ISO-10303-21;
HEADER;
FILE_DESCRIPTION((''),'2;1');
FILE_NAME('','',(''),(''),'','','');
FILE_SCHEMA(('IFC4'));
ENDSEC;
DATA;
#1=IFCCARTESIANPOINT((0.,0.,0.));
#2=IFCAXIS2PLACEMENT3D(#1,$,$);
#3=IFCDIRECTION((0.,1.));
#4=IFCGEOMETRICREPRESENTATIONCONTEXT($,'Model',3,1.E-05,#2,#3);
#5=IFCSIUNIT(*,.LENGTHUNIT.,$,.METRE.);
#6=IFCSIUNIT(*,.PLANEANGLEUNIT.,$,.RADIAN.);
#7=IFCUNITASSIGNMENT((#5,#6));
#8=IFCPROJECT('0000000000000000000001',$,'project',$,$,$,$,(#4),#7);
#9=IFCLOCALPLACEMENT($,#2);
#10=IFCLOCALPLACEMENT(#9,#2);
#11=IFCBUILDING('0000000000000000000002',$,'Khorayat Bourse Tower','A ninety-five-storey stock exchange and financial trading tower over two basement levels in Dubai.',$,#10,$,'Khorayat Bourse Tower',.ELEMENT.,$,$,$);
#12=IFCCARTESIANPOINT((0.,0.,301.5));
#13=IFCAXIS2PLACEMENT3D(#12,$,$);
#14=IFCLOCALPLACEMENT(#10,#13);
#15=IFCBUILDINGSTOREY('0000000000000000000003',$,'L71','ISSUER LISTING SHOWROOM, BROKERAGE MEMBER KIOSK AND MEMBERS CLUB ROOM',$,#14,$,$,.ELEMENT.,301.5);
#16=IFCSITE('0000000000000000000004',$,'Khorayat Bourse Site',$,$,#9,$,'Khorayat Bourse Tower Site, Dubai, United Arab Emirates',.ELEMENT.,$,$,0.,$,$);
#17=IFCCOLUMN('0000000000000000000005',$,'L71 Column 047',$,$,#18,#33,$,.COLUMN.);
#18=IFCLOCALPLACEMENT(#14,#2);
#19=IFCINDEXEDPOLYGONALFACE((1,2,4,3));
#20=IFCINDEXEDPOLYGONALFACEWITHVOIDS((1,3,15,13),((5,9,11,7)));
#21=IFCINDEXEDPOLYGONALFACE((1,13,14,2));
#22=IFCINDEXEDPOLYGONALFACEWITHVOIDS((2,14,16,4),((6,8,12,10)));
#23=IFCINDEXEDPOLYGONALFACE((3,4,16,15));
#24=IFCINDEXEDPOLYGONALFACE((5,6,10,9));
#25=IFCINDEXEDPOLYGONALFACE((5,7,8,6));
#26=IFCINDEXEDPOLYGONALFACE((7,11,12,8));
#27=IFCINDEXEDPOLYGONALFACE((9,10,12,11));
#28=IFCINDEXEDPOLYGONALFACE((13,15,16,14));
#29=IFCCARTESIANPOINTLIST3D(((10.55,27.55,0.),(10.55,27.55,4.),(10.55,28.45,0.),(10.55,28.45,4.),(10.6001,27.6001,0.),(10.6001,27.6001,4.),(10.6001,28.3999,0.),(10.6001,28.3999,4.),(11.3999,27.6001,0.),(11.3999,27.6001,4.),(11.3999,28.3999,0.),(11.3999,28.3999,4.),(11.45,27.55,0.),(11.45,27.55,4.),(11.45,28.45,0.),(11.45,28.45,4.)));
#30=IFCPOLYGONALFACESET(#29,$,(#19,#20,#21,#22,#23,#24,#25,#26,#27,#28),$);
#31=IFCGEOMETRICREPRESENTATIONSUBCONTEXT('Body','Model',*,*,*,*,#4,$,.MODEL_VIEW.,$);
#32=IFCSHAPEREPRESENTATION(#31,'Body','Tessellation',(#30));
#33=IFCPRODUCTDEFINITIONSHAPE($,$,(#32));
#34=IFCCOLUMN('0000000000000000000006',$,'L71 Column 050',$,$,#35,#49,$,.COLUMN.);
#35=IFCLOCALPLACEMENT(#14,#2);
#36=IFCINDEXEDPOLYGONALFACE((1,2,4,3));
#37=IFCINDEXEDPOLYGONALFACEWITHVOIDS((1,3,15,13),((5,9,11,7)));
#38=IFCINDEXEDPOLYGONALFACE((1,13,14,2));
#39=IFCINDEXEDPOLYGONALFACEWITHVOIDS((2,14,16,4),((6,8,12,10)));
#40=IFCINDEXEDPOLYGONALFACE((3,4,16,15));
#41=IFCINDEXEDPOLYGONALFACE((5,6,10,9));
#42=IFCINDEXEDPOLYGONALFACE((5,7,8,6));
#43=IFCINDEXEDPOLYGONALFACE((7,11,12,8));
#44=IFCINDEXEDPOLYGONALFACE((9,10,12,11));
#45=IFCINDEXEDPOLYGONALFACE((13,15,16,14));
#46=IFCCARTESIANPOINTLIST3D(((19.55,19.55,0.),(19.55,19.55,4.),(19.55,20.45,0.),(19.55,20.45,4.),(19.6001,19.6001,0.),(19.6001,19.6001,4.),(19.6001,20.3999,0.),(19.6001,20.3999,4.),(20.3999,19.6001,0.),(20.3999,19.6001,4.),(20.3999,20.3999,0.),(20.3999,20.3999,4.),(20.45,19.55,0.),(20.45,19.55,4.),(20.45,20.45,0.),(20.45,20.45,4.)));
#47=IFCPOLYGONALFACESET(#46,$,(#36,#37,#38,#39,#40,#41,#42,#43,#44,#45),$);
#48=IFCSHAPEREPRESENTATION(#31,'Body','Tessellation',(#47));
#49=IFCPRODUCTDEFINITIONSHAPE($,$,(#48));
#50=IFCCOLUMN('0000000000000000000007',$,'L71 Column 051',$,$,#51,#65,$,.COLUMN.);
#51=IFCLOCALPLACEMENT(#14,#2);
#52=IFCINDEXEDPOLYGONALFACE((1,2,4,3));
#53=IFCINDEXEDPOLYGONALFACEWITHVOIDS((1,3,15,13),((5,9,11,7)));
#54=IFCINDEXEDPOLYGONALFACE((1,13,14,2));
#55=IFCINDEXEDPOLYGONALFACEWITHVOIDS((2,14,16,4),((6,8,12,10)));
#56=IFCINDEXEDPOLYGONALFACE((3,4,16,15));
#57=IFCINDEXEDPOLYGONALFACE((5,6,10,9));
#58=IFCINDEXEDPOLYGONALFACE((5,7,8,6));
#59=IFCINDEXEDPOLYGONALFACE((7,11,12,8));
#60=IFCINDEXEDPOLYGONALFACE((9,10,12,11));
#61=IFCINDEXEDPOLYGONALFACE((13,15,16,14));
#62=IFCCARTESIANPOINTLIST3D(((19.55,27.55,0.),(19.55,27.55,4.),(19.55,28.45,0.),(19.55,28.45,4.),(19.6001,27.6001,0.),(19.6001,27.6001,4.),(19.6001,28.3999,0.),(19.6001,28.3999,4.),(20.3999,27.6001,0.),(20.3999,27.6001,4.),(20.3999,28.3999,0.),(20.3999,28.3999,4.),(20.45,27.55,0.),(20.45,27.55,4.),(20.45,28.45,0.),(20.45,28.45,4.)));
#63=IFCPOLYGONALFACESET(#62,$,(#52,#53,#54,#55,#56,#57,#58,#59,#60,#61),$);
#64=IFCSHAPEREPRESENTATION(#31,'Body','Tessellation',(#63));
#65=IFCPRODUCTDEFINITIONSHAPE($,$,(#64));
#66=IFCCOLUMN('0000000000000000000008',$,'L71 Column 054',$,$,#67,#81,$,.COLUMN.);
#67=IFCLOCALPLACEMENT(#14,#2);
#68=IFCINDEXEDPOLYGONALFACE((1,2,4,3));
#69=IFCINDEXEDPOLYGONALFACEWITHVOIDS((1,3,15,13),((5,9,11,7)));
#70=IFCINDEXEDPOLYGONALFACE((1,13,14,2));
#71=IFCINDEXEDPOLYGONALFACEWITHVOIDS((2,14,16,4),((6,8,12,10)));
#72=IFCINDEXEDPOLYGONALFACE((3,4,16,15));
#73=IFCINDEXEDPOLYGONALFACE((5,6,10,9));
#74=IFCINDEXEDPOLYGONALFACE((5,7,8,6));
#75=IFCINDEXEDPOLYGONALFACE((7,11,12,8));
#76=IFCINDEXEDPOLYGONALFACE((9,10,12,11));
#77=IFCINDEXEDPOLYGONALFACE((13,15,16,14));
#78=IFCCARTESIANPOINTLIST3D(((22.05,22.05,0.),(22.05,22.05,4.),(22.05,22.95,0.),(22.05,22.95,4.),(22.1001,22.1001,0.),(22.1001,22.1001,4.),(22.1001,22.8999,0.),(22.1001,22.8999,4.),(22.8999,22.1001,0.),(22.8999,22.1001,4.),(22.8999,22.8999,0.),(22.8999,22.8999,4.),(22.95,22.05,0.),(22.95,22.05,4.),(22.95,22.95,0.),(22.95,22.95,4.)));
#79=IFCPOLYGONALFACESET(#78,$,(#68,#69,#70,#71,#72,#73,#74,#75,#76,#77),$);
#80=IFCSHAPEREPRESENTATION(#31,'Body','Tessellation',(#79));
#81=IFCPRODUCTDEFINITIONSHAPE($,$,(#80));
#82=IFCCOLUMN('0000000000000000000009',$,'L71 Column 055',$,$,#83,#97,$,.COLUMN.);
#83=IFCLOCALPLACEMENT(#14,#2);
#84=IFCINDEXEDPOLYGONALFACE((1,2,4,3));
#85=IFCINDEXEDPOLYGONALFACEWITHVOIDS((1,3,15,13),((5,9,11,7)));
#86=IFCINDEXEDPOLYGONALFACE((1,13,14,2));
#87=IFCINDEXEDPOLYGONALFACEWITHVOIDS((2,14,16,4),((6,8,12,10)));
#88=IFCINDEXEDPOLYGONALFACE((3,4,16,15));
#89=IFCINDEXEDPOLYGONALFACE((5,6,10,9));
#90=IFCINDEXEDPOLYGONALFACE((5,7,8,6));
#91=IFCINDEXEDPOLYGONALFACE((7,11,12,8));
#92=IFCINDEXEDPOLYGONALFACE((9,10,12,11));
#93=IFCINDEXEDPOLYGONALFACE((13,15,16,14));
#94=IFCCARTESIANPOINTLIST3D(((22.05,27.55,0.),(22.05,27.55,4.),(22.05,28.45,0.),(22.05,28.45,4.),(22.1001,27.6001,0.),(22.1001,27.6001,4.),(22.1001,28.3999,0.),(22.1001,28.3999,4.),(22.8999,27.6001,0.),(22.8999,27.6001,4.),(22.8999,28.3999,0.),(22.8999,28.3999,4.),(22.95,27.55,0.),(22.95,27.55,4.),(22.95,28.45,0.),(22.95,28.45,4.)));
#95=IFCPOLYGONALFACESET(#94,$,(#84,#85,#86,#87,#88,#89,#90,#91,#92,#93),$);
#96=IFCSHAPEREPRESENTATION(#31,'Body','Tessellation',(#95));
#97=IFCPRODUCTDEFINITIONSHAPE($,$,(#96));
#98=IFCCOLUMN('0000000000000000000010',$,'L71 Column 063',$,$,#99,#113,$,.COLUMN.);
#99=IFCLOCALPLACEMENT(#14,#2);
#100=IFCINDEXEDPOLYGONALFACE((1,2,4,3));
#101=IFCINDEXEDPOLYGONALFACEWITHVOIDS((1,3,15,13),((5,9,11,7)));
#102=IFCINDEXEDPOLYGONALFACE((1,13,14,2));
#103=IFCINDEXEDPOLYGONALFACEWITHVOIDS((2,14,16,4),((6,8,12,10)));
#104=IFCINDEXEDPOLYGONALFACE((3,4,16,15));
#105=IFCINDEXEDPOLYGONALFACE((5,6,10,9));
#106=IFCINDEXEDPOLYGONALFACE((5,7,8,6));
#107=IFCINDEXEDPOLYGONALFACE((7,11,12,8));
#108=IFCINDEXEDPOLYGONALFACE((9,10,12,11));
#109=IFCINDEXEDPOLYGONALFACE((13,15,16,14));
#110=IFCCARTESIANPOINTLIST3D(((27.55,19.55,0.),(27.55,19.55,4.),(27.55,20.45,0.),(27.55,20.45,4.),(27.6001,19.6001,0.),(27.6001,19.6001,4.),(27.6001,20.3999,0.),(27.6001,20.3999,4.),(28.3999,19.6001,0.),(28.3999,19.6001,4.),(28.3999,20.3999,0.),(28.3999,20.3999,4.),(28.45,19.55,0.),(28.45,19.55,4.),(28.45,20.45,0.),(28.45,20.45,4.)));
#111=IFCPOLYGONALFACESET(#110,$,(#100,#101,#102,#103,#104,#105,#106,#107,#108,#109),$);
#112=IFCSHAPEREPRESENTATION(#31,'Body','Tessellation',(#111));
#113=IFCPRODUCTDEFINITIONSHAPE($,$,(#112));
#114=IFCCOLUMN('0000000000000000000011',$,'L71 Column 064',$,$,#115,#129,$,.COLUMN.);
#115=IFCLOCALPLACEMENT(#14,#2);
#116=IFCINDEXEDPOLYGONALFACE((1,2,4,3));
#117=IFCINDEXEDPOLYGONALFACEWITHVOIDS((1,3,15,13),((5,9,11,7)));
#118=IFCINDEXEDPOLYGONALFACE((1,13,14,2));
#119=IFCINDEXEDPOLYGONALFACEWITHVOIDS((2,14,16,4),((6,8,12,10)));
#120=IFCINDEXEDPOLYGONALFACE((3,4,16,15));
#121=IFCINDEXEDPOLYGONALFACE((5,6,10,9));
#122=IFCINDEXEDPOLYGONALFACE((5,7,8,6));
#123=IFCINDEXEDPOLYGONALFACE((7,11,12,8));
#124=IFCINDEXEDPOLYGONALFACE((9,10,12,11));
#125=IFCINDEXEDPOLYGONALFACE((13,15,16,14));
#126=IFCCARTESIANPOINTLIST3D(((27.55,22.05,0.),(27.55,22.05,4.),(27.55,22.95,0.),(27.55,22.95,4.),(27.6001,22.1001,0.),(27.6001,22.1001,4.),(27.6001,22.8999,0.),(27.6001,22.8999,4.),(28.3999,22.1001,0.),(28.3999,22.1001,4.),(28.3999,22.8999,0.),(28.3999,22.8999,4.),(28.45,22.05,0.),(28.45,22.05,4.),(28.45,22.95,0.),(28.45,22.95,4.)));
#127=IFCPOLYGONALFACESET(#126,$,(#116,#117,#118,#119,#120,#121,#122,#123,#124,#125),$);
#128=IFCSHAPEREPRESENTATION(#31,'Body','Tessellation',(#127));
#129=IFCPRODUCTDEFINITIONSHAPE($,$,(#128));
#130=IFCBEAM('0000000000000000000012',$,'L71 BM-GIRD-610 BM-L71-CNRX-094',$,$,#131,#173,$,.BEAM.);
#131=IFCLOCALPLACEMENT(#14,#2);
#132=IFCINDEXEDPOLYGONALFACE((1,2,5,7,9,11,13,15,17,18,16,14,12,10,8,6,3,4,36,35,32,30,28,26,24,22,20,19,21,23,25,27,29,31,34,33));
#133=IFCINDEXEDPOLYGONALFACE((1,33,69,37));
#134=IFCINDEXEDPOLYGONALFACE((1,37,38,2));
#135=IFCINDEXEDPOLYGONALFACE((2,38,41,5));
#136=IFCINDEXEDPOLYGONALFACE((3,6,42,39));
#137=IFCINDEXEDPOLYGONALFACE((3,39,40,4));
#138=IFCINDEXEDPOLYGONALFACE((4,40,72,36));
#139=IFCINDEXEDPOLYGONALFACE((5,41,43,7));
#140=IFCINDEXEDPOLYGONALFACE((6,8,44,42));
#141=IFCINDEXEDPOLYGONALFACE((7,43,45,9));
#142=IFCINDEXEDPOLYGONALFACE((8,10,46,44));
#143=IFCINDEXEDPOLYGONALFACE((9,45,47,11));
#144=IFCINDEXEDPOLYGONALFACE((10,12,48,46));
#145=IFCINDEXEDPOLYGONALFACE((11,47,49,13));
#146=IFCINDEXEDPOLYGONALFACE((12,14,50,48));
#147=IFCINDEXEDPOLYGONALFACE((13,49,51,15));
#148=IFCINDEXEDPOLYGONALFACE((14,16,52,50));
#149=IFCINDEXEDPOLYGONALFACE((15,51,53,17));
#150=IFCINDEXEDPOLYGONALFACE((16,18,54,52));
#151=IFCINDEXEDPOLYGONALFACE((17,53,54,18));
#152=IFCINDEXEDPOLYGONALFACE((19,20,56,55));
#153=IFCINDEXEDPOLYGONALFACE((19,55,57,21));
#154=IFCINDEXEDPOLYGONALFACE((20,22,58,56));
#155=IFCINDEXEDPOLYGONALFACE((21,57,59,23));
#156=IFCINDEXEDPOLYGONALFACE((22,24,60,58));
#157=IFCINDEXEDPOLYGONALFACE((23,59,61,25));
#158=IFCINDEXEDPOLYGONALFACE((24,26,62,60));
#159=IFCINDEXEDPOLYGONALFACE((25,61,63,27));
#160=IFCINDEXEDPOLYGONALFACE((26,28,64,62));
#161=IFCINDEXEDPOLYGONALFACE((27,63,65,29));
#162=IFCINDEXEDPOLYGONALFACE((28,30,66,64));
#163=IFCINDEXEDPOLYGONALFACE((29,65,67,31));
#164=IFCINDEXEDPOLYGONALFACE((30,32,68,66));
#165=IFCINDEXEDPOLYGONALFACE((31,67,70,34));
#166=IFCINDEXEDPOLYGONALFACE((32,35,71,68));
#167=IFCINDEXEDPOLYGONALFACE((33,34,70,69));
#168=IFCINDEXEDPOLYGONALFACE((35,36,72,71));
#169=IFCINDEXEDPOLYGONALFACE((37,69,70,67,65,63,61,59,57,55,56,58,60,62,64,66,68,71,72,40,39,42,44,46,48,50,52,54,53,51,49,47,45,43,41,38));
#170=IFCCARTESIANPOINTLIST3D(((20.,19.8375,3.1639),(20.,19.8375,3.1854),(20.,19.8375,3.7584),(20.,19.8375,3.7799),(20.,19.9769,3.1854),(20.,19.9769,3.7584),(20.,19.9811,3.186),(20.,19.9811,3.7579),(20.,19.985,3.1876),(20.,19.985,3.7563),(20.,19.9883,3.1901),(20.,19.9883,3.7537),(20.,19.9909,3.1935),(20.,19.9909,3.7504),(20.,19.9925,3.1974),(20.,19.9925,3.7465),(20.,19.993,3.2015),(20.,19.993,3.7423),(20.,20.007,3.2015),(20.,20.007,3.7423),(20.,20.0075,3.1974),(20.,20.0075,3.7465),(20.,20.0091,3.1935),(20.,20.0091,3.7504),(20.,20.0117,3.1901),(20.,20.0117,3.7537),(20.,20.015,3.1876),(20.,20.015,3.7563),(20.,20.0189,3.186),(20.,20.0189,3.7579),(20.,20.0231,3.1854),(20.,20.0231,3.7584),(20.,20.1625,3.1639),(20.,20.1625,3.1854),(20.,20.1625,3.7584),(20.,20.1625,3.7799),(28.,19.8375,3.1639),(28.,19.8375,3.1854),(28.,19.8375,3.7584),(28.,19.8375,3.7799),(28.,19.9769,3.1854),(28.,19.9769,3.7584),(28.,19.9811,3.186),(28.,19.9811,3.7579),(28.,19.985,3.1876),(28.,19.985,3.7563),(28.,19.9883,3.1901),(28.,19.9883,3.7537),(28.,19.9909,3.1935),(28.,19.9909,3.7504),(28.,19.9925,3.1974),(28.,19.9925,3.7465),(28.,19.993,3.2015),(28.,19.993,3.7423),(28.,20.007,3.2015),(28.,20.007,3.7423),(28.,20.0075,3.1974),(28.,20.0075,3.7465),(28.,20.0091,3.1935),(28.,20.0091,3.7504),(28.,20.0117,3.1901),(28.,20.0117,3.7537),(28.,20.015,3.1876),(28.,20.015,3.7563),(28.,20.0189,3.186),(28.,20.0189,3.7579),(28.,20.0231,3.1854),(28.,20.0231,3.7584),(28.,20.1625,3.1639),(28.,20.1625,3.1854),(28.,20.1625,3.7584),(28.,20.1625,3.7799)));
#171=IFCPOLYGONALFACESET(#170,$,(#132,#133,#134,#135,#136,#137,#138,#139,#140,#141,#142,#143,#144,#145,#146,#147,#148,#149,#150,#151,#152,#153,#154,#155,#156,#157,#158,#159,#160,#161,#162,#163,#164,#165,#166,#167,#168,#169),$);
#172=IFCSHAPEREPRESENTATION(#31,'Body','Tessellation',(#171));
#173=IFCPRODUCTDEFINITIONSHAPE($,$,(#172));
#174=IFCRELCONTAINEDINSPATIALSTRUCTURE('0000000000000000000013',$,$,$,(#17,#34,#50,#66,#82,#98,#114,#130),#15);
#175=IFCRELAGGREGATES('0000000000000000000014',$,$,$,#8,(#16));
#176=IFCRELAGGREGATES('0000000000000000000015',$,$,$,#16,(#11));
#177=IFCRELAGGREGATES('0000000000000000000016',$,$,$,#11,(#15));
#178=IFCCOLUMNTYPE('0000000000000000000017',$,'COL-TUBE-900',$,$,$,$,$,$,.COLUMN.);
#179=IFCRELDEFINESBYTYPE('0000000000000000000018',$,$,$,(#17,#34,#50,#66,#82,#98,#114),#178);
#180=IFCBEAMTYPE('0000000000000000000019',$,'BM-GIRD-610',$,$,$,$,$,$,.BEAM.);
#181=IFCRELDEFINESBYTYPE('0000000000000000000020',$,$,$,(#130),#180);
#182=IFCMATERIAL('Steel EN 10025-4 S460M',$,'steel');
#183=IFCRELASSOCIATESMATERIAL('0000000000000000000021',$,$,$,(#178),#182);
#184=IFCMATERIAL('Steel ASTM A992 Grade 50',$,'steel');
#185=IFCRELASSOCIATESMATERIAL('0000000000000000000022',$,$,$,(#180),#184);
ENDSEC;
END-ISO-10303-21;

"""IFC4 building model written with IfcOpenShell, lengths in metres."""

from ifc_helpers import new_model, si_unit, direction, frame, origin, origin_2d, place, context, subcontext, project, spatial, hollow_rectangle, i_section, extrude, source, transform, mapped, material, material_profile, profile_set, type_object, element, save


model = new_model("IFC4")

# Units and contexts
model_context = context("Model", 3, precision=1e-05, world=origin(), true_north=direction((0.0, 1.0)))
body_context = subcontext(model_context, "Body", "Model", "MODEL_VIEW")
ifc_project = project(units=[si_unit("LENGTHUNIT", "METRE"), si_unit("PLANEANGLEUNIT", "RADIAN")], contexts=[model_context])

# Site, building, storey
site_placement = place(None, origin())
site = spatial("IfcSite", under=ifc_project, at=site_placement, Name="Khorayat Bourse Site", LongName="Khorayat Bourse Tower Site, Dubai, United Arab Emirates", CompositionType="ELEMENT", RefElevation=0.0)
building_placement = place(site_placement, origin())
building = spatial("IfcBuilding", under=site, at=building_placement, Name="Khorayat Bourse Tower", Description="A ninety-five-storey stock exchange and financial trading tower over two basement levels in Dubai.", LongName="Khorayat Bourse Tower", CompositionType="ELEMENT")
storey_placement = place(building_placement, frame((0.0, 0.0, 301.5)))
storey = spatial("IfcBuildingStorey", under=building, at=storey_placement, Name="L71", Description="ISSUER LISTING SHOWROOM, BROKERAGE MEMBER KIOSK AND MEMBERS CLUB ROOM", CompositionType="ELEMENT", Elevation=301.5)

# Columns
ifc_material_1 = material(Name="Steel EN 10025-4 S460M", Category="steel")
ifc_material_profile_1 = material_profile(ifc_material_1, hollow_rectangle(XDim=0.8999, YDim=0.8999, WallThickness=0.05, at=origin_2d()), Name="BOX 900x900x50")
ifc_profile_set_1 = profile_set([ifc_material_profile_1], Name="Steel EN 10025-4 S460M")
column_type = type_object("IfcColumnType", Name="COL-TUBE-900", PredefinedType="COLUMN", material=ifc_profile_set_1)
shared_shape_1 = source(origin(), body_context, "Body", "SweptSolid", [
    extrude(hollow_rectangle(XDim=0.8999, YDim=0.8999, WallThickness=0.05, at=origin_2d()), origin(), (0.0, 0.0, 1.0), 4.0),
])
for number, where, z_axis, x_axis, name in (
    (1, (11.0, 28.0, 0.0), (0.0, 0.0, 1.0), (1.0, 0.0, 0.0), "L71 Column 047"),
    (2, (20.0, 20.0, 0.0), (0.0, 0.0, 1.0), (1.0, 0.0, 0.0), "L71 Column 050"),
    (3, (20.0, 28.0, 0.0), (0.0, 0.0, 1.0), (1.0, 0.0, 0.0), "L71 Column 051"),
    (4, (22.5, 22.5, 0.0), (0.0, 0.0, 1.0), (1.0, 0.0, 0.0), "L71 Column 054"),
    (5, (22.5, 28.0, 0.0), (0.0, 0.0, 1.0), (1.0, 0.0, 0.0), "L71 Column 055"),
    (6, (28.0, 20.0, 0.0), (0.0, 0.0, 1.0), (1.0, 0.0, 0.0), "L71 Column 063"),
    (7, (28.0, 22.5, 0.0), (0.0, 0.0, 1.0), (1.0, 0.0, 0.0), "L71 Column 064"),
):
    element("IfcColumn", number, at=place(storey_placement, frame(where, z_axis=z_axis, x_axis=x_axis)), inside=storey, type_object=column_type, Name=name, PredefinedType="COLUMN", context=body_context, shape_type="MappedRepresentation", body=[
        mapped(shared_shape_1, transform((0.0, 0.0, 0.0), scale=1.0)),
    ])

# Beam
ifc_material_2 = material(Name="Steel ASTM A992 Grade 50", Category="steel")
ifc_material_profile_2 = material_profile(ifc_material_2, i_section(OverallWidth=0.325, OverallDepth=0.616, WebThickness=0.0139, FlangeThickness=0.0215, FilletRadius=0.0161, at=origin_2d()), Name="W610X174")
ifc_profile_set_2 = profile_set([ifc_material_profile_2], Name="Steel ASTM A992 Grade 50")
beam_type_1 = type_object("IfcBeamType", Name="BM-GIRD-610", PredefinedType="BEAM", material=ifc_profile_set_2)
shared_shape_2 = source(origin(), body_context, "Body", "SweptSolid", [
    extrude(i_section(OverallWidth=0.325, OverallDepth=0.616, WebThickness=0.0139, FlangeThickness=0.0215, FilletRadius=0.0161, at=origin_2d()), origin(), (0.0, 0.0, 1.0), 8.0),
])
beam_1_placement = place(storey_placement, frame((20.0, 20.0, 3.4719), z_axis=(1.0, 0.0, 0.0), x_axis=(0.0, 1.0, 0.0)))
element("IfcBeam", 8, at=beam_1_placement, inside=storey, type_object=beam_type_1, Name="L71 BM-GIRD-610 BM-L71-CNRX-094", PredefinedType="BEAM", context=body_context, shape_type="MappedRepresentation", body=[
    mapped(shared_shape_2, transform((0.0, 0.0, 0.0), scale=1.0)),
])

save(model, "model.ifc")
